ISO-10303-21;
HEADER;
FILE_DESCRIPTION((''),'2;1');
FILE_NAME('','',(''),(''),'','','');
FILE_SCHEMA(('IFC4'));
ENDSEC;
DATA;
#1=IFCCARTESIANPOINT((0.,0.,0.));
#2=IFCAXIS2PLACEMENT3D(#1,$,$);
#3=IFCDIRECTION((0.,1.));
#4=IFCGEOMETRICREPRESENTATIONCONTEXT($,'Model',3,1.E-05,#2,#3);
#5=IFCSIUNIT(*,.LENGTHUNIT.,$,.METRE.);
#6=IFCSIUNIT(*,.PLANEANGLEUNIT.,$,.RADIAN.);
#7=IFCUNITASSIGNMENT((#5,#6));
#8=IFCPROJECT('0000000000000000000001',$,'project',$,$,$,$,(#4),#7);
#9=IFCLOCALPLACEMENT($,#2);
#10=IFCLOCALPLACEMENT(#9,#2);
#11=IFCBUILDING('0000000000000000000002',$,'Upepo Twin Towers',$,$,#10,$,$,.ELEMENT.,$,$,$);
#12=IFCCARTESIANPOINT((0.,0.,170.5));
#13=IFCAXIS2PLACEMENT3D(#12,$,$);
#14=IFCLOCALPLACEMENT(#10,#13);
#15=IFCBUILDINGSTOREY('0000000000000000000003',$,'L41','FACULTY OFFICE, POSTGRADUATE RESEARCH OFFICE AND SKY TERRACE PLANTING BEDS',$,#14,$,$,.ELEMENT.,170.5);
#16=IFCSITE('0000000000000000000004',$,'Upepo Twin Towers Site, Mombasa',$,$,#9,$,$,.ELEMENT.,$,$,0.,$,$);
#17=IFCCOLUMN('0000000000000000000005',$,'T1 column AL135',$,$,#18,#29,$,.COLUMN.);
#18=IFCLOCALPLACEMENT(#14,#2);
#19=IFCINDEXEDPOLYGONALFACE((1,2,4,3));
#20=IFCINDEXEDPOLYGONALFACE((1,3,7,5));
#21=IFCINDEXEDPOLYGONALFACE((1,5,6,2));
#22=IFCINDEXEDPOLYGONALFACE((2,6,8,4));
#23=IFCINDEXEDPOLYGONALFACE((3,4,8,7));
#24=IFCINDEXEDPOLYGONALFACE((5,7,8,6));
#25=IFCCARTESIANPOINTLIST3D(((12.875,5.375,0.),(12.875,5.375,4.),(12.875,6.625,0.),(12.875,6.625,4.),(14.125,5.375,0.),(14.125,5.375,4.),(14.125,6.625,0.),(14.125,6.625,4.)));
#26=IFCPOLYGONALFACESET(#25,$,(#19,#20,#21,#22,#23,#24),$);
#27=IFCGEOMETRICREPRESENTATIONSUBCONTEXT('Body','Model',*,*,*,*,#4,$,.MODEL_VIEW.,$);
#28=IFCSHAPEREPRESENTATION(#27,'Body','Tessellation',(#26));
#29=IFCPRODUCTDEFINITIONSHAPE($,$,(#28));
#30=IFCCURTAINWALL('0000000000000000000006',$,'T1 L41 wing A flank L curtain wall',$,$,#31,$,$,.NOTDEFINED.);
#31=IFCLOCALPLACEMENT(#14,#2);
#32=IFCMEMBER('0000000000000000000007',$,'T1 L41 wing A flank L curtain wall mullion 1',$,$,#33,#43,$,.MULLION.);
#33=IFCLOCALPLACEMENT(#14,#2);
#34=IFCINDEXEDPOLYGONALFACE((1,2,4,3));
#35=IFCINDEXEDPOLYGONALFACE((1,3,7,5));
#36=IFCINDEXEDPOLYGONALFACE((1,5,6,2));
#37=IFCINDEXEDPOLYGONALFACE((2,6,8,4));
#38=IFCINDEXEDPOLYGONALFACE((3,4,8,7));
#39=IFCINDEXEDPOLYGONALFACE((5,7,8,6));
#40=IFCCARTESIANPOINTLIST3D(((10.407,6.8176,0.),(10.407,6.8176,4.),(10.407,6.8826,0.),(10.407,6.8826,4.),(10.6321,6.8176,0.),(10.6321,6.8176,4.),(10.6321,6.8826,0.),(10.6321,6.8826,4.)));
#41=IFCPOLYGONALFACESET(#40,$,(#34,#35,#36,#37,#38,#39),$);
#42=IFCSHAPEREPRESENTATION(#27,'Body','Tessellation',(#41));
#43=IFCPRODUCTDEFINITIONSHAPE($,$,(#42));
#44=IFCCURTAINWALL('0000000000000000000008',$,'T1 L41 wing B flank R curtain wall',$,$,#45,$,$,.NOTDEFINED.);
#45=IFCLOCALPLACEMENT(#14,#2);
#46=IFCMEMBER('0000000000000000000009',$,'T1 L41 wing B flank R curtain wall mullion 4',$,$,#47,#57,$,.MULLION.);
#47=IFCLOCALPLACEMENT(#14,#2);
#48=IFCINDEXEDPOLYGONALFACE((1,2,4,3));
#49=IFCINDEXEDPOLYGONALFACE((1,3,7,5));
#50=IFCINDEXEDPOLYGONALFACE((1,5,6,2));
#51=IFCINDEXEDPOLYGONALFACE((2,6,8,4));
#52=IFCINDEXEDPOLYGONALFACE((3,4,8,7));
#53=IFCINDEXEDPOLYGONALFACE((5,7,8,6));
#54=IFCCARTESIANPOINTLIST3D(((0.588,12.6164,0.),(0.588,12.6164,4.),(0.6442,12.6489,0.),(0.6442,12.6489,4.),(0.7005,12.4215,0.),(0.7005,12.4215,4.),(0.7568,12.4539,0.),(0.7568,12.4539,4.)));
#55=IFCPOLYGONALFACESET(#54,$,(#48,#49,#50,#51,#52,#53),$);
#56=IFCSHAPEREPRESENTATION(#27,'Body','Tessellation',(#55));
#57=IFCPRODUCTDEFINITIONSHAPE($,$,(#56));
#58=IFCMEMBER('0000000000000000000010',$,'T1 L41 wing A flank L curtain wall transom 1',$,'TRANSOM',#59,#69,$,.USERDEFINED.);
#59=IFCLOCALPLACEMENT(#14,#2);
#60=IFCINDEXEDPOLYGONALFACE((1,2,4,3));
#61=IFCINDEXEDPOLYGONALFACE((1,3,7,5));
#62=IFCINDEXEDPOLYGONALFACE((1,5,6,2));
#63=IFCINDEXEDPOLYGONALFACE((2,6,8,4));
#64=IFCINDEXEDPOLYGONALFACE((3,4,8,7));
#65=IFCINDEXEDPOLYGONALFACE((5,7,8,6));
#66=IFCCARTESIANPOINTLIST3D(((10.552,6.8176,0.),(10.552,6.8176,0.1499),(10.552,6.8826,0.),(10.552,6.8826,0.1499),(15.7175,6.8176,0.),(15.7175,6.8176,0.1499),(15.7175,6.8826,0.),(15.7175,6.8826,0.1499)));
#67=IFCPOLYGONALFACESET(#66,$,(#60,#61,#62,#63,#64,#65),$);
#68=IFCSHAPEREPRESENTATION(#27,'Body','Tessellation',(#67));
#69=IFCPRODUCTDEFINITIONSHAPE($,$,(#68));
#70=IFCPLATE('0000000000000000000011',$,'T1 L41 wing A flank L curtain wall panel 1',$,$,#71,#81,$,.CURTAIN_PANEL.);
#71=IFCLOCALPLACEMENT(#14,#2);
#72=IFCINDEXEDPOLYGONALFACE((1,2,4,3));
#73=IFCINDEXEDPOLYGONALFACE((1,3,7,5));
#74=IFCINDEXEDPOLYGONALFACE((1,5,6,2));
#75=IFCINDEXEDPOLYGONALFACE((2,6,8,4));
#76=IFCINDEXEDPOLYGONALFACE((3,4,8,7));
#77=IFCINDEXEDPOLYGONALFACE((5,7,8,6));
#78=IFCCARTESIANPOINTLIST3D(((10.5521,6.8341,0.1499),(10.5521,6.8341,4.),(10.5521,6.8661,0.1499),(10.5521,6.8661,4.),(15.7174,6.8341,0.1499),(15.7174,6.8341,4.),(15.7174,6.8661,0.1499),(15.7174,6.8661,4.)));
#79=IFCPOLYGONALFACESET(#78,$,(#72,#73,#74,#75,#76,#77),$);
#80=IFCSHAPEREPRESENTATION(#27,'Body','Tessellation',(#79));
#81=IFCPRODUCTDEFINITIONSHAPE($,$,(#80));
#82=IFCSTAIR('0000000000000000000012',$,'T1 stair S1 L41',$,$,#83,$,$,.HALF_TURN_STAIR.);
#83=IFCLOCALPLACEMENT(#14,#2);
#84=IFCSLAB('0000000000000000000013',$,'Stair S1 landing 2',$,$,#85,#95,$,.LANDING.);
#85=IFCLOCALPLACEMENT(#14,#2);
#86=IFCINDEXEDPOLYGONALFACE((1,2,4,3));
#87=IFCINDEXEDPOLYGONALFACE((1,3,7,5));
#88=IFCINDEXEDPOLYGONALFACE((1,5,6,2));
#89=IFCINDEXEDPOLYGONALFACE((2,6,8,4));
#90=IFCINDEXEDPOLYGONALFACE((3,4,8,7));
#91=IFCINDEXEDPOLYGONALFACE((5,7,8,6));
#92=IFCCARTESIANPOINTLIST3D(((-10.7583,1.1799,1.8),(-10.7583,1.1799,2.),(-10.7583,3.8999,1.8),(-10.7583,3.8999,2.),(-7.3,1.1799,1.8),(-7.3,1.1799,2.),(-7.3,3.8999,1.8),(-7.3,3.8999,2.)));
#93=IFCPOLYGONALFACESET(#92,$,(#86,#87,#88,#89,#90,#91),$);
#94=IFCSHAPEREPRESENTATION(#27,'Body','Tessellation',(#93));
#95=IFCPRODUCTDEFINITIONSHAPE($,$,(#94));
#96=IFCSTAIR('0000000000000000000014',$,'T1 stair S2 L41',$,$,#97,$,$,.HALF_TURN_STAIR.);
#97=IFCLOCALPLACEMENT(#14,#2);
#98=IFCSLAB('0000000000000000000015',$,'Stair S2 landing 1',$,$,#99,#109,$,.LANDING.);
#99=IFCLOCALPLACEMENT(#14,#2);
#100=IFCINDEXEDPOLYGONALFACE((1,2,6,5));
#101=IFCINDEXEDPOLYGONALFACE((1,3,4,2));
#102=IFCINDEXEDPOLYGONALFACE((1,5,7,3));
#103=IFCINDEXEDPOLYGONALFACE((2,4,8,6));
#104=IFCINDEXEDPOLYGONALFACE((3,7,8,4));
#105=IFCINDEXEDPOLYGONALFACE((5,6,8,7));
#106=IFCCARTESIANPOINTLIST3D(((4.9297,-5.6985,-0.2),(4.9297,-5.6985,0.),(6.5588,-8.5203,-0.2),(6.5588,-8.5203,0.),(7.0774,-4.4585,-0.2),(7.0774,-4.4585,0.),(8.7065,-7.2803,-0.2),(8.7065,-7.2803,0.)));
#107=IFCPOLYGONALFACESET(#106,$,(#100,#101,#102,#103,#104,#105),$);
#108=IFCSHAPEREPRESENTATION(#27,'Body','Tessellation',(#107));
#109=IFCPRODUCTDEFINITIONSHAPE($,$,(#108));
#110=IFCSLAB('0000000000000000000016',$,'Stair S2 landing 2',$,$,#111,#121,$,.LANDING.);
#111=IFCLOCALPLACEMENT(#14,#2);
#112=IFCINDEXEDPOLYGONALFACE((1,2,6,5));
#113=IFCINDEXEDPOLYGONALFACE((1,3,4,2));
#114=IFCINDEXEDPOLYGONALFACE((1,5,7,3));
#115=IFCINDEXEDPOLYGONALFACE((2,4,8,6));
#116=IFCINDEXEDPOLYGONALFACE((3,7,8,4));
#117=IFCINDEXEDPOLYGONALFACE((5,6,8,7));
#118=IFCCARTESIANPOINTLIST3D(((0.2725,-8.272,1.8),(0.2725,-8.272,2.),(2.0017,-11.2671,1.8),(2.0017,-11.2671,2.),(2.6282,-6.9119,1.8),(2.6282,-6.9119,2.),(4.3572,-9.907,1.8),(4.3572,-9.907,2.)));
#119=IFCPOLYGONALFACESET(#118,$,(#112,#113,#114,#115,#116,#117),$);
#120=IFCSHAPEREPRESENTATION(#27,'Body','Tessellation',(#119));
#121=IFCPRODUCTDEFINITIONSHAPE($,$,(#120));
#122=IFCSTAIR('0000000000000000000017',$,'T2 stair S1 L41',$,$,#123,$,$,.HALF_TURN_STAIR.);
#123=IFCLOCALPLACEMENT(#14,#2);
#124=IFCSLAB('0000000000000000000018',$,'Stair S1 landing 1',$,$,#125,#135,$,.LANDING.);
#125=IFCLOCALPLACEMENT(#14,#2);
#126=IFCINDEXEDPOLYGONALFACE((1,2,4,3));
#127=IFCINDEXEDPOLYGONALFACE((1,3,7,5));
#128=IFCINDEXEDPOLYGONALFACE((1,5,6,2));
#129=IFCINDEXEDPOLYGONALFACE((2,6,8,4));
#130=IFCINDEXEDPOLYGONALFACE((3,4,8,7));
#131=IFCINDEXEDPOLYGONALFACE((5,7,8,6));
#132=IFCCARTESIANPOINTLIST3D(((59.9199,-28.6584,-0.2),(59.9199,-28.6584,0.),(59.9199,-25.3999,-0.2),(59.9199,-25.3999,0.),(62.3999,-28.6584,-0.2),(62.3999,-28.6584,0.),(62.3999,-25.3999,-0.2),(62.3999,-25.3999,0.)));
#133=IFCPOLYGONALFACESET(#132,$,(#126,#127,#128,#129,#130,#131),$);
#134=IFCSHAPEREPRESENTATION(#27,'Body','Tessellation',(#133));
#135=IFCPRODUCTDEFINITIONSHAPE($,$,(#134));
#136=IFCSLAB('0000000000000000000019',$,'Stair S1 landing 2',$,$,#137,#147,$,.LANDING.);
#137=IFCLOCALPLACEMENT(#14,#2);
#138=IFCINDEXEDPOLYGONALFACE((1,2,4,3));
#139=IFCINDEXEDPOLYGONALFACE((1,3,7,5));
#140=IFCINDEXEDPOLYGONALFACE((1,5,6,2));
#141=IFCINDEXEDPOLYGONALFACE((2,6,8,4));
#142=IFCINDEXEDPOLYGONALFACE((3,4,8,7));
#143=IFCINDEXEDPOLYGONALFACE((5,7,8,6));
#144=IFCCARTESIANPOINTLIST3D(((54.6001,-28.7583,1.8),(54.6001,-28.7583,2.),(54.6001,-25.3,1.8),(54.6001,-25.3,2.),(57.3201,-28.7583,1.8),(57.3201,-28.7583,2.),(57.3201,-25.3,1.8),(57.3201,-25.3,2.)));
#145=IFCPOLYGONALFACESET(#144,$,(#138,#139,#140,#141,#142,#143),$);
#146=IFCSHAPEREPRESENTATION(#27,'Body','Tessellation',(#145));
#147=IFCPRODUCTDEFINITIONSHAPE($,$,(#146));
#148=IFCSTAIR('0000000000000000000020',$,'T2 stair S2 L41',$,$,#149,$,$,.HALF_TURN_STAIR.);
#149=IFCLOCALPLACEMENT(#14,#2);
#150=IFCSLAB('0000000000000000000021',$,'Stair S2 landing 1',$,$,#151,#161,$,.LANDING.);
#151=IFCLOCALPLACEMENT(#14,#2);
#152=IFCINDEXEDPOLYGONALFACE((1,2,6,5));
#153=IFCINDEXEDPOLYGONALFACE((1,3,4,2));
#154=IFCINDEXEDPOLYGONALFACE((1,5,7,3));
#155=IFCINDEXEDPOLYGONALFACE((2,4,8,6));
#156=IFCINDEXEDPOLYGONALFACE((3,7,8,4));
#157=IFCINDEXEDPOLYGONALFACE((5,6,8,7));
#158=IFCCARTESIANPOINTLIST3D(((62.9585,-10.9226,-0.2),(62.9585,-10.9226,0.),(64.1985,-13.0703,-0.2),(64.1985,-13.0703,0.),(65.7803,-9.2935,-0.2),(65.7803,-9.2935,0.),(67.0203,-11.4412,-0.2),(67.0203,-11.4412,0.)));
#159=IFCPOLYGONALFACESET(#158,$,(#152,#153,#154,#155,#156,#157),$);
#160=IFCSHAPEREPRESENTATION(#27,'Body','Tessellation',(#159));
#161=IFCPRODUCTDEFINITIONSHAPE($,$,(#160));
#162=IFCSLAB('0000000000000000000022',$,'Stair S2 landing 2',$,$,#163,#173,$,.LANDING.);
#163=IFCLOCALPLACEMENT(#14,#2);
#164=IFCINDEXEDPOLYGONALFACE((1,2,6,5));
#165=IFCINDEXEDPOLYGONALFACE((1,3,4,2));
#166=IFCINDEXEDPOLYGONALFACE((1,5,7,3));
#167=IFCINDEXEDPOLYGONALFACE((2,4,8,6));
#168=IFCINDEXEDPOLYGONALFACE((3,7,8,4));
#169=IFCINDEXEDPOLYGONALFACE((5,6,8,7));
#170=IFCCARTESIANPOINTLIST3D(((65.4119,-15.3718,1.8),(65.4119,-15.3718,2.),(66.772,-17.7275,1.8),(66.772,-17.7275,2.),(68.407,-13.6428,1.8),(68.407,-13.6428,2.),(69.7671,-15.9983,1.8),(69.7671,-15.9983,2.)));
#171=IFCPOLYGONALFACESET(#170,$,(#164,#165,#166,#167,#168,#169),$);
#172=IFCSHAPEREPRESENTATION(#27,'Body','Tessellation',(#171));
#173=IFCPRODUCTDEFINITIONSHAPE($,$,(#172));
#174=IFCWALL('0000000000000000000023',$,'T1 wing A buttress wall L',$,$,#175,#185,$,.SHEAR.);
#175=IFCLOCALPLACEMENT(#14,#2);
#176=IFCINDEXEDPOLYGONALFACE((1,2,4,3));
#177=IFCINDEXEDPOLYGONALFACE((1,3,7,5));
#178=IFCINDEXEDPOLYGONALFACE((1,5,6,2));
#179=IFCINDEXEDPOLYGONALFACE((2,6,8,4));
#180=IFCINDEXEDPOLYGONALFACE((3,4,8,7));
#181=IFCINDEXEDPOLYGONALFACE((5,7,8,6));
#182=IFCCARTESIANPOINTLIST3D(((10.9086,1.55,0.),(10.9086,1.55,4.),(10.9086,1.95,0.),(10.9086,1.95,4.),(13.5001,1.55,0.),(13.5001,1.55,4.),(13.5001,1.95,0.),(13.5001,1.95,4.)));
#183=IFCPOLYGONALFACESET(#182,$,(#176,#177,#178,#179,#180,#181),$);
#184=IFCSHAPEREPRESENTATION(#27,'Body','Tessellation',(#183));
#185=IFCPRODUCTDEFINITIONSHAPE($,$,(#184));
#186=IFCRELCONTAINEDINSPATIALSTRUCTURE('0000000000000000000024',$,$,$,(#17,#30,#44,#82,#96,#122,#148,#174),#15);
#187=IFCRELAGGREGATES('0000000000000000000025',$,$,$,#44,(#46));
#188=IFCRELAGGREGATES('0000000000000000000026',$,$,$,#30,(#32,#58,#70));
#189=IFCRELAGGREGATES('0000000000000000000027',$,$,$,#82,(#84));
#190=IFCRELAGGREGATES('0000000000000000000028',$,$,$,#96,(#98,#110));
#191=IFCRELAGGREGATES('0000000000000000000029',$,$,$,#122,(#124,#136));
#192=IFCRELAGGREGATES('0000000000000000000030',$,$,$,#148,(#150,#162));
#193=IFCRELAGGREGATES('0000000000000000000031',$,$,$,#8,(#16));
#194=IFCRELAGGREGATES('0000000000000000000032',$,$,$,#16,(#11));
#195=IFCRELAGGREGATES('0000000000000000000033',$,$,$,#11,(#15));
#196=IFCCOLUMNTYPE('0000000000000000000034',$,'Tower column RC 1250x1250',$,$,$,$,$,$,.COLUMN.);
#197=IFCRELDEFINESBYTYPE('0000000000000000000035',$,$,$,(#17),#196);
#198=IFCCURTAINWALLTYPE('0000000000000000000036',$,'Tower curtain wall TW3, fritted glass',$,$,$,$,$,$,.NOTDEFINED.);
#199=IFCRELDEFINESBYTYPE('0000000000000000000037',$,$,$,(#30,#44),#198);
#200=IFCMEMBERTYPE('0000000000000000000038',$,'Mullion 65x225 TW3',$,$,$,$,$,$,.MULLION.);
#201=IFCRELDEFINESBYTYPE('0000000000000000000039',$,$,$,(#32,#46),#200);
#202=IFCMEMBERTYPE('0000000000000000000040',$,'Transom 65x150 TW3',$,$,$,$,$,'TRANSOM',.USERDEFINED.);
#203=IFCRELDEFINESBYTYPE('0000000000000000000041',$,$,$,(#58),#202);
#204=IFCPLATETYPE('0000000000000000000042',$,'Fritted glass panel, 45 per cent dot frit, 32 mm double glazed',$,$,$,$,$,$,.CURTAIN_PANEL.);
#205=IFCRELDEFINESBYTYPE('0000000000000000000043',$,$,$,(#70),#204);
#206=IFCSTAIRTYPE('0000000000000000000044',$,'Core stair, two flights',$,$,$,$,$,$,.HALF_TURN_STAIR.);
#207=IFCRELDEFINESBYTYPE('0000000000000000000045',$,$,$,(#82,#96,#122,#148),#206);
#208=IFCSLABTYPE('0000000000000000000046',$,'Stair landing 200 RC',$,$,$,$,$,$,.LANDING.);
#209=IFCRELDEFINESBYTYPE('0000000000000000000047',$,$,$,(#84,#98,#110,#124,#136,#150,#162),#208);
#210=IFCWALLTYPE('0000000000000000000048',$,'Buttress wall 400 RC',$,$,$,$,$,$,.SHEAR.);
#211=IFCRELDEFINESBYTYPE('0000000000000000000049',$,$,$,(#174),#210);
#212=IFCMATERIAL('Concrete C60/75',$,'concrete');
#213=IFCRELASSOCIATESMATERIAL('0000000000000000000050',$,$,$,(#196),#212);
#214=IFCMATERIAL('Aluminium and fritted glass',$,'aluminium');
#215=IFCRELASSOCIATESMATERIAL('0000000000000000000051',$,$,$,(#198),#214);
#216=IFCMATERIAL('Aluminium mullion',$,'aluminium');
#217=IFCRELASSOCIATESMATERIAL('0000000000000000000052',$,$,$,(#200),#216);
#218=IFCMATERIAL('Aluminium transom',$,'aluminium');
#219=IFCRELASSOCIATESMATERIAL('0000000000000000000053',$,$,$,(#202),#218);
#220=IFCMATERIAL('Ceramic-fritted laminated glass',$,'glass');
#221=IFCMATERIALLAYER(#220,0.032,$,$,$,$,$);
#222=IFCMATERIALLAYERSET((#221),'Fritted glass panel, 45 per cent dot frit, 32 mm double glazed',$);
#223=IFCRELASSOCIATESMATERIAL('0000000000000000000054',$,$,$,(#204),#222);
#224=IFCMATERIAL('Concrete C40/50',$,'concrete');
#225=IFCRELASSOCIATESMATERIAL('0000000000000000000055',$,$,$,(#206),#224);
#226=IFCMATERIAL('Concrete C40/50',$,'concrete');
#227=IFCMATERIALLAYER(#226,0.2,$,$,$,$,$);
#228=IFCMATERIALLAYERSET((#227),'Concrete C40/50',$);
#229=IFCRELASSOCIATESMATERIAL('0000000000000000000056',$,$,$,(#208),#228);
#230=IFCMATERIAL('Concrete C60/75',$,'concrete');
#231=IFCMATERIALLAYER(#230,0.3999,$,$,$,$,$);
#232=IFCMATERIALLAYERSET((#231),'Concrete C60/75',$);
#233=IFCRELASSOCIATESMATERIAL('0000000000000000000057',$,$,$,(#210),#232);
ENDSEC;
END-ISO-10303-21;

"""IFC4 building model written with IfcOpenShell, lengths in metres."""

from ifc_helpers import new_model, si_unit, direction, frame, frame_2d, origin, origin_2d, place, context, subcontext, project, spatial, polyline, rectangle, outline, extrude, material, layer, layer_set, material_profile, profile_set, type_object, element, aggregate, save


model = new_model("IFC4")

# Units and contexts
model_context = context("Model", 3, precision=1e-05, world=origin(), true_north=direction((0.0, 1.0)))
body_context = subcontext(model_context, "Body", "Model", "MODEL_VIEW")
ifc_project = project(units=[si_unit("LENGTHUNIT", "METRE"), si_unit("PLANEANGLEUNIT", "RADIAN")], contexts=[model_context])

# Site, building, storey
site_placement = place(None, origin())
site = spatial("IfcSite", under=ifc_project, at=site_placement, Name="Upepo Twin Towers Site, Mombasa", CompositionType="ELEMENT", RefElevation=0.0)
building_placement = place(site_placement, origin())
building = spatial("IfcBuilding", under=site, at=building_placement, Name="Upepo Twin Towers", CompositionType="ELEMENT")
storey_placement = place(building_placement, frame((0.0, 0.0, 170.5)))
storey = spatial("IfcBuildingStorey", under=building, at=storey_placement, Name="L41", Description="FACULTY OFFICE, POSTGRADUATE RESEARCH OFFICE AND SKY TERRACE PLANTING BEDS", CompositionType="ELEMENT", Elevation=170.5)

# Column
ifc_material_1 = material(Name="Concrete C60/75", Category="concrete")
ifc_material_profile_1 = material_profile(ifc_material_1, rectangle(XDim=1.25, YDim=1.25, at=origin_2d()), Name="RC 1250x1250")
ifc_profile_set_1 = profile_set([ifc_material_profile_1], Name="Concrete C60/75")
column_type = type_object("IfcColumnType", Name="Tower column RC 1250x1250", PredefinedType="COLUMN", material=ifc_profile_set_1)
column_placement = place(storey_placement, frame((13.5, 6.0, 0.0), z_axis=(0.0, 0.0, 1.0), x_axis=(1.0, 0.0, 0.0)))
element("IfcColumn", 1, at=column_placement, inside=storey, type_object=column_type, Name="T1 column AL135", PredefinedType="COLUMN", context=body_context, shape_type="SweptSolid", body=[
    extrude(rectangle(XDim=1.25, YDim=1.25, at=origin_2d()), origin(), (0.0, 0.0, 1.0), 4.0),
])

# Curtain walls, members
ifc_material_2 = material(Name="Aluminium and fritted glass", Category="aluminium")
curtain_wall_type = type_object("IfcCurtainWallType", Name="Tower curtain wall TW3, fritted glass", PredefinedType="NOTDEFINED", material=ifc_material_2)
curtain_wall_1_placement = place(storey_placement, origin())
curtain_wall_1 = element("IfcCurtainWall", 2, at=curtain_wall_1_placement, inside=storey, type_object=curtain_wall_type, Name="T1 L41 wing A flank L curtain wall", PredefinedType="NOTDEFINED")
ifc_material_3 = material(Name="Aluminium mullion", Category="aluminium")
ifc_material_profile_2 = material_profile(ifc_material_3, rectangle(XDim=0.0649, YDim=0.2251, at=origin_2d()), Name="MULLION 65x225")
ifc_profile_set_2 = profile_set([ifc_material_profile_2], Name="Aluminium mullion")
member_type_1 = type_object("IfcMemberType", Name="Mullion 65x225 TW3", PredefinedType="MULLION", material=ifc_profile_set_2)
member_1_placement = place(storey_placement, frame((10.5195, 6.8501, 0.0), z_axis=(0.0, 0.0, 1.0), x_axis=(0.0, 1.0, 0.0)))
member_1 = element("IfcMember", 3, at=member_1_placement, type_object=member_type_1, Name="T1 L41 wing A flank L curtain wall mullion 1", PredefinedType="MULLION", context=body_context, shape_type="SweptSolid", body=[
    extrude(rectangle(XDim=0.0649, YDim=0.2251, at=origin_2d()), origin(), (0.0, 0.0, 1.0), 4.0),
])
curtain_wall_2_placement = place(storey_placement, origin())
curtain_wall_2 = element("IfcCurtainWall", 4, at=curtain_wall_2_placement, inside=storey, type_object=curtain_wall_type, Name="T1 L41 wing B flank R curtain wall", PredefinedType="NOTDEFINED")
member_2_placement = place(storey_placement, frame((0.6724, 12.5352, 0.0), z_axis=(0.0, 0.0, 1.0), x_axis=(0.866025, 0.5, 0.0)))
member_2 = element("IfcMember", 5, at=member_2_placement, type_object=member_type_1, Name="T1 L41 wing B flank R curtain wall mullion 4", PredefinedType="MULLION", context=body_context, shape_type="SweptSolid", body=[
    extrude(rectangle(XDim=0.0649, YDim=0.2251, at=origin_2d()), origin(), (0.0, 0.0, 1.0), 4.0),
])
aggregate(curtain_wall_2, [member_2])

# Member
ifc_material_4 = material(Name="Aluminium transom", Category="aluminium")
ifc_material_profile_3 = material_profile(ifc_material_4, rectangle(XDim=0.0649, YDim=0.1499, at=origin_2d()), Name="TRANSOM 65x150")
ifc_profile_set_3 = profile_set([ifc_material_profile_3], Name="Aluminium transom")
member_type_2 = type_object("IfcMemberType", Name="Transom 65x150 TW3", ElementType="TRANSOM", PredefinedType="USERDEFINED", material=ifc_profile_set_3)
member_3_placement = place(storey_placement, frame((10.552, 6.8501, 0.075), z_axis=(1.0, 0.0, 0.0), x_axis=(0.0, 1.0, 0.0)))
member_3 = element("IfcMember", 6, at=member_3_placement, type_object=member_type_2, Name="T1 L41 wing A flank L curtain wall transom 1", ObjectType="TRANSOM", PredefinedType="USERDEFINED", context=body_context, shape_type="SweptSolid", body=[
    extrude(rectangle(XDim=0.0649, YDim=0.1499, at=origin_2d()), origin(), (0.0, 0.0, 1.0), 5.1655),
])

# Plate
ifc_material_5 = material(Name="Ceramic-fritted laminated glass", Category="glass")
ifc_layer_1 = layer(ifc_material_5, 0.032)
ifc_layer_set_1 = layer_set([ifc_layer_1], Name="Fritted glass panel, 45 per cent dot frit, 32 mm double glazed")
plate_type = type_object("IfcPlateType", Name="Fritted glass panel, 45 per cent dot frit, 32 mm double glazed", PredefinedType="CURTAIN_PANEL", material=ifc_layer_set_1)
plate_placement = place(storey_placement, frame((13.1348, 6.8501, 0.1499), z_axis=(0.0, 0.0, 1.0), x_axis=(1.0, 0.0, 0.0)))
plate = element("IfcPlate", 7, at=plate_placement, type_object=plate_type, Name="T1 L41 wing A flank L curtain wall panel 1", PredefinedType="CURTAIN_PANEL", context=body_context, shape_type="SweptSolid", body=[
    extrude(rectangle(XDim=5.1653, YDim=0.032, at=origin_2d()), origin(), (0.0, 0.0, 1.0), 3.8501),
])
aggregate(curtain_wall_1, [member_1, member_3, plate])

# Stair, slab
ifc_material_6 = material(Name="Concrete C40/50", Category="concrete")
stair_type = type_object("IfcStairType", Name="Core stair, two flights", PredefinedType="HALF_TURN_STAIR", material=ifc_material_6)
stair_1_placement = place(storey_placement, origin())
stair_1 = element("IfcStair", 8, at=stair_1_placement, inside=storey, type_object=stair_type, Name="T1 stair S1 L41", PredefinedType="HALF_TURN_STAIR")
ifc_material_7 = material(Name="Concrete C40/50", Category="concrete")
ifc_layer_2 = layer(ifc_material_7, 0.2)
ifc_layer_set_2 = layer_set([ifc_layer_2], Name="Concrete C40/50")
slab_type = type_object("IfcSlabType", Name="Stair landing 200 RC", PredefinedType="LANDING", material=ifc_layer_set_2)
slab_1_placement = place(storey_placement, frame((0.0, 0.0, 1.8)))
slab_1 = element("IfcSlab", 9, at=slab_1_placement, type_object=slab_type, Name="Stair S1 landing 2", PredefinedType="LANDING", context=body_context, shape_type="SweptSolid", body=[
    extrude(outline(polyline([(-7.3, 3.8999), (-10.7583, 3.8999), (-10.7583, 1.1799), (-7.3, 1.1799), (-7.3, 3.8999)])), origin(), (0.0, 0.0, 1.0), 0.2),
])
aggregate(stair_1, [slab_1])

# Stairs, slabs
stair_2_placement = place(storey_placement, origin())
stair_2 = element("IfcStair", 10, at=stair_2_placement, inside=storey, type_object=stair_type, Name="T1 stair S2 L41", PredefinedType="HALF_TURN_STAIR")
slab_2_placement = place(storey_placement, frame((0.0, 0.0, -0.2)))
slab_2 = element("IfcSlab", 11, at=slab_2_placement, type_object=slab_type, Name="Stair S2 landing 1", PredefinedType="LANDING", context=body_context, shape_type="SweptSolid", body=[
    extrude(outline(polyline([(4.9297, -5.6985), (6.5588, -8.5203), (8.7065, -7.2803), (7.0774, -4.4585), (4.9297, -5.6985)])), origin(), (0.0, 0.0, 1.0), 0.2),
])
slab_3_placement = place(storey_placement, frame((0.0, 0.0, 1.8)))
slab_3 = element("IfcSlab", 12, at=slab_3_placement, type_object=slab_type, Name="Stair S2 landing 2", PredefinedType="LANDING", context=body_context, shape_type="SweptSolid", body=[
    extrude(outline(polyline([(0.2725, -8.272), (2.0017, -11.2671), (4.3572, -9.907), (2.6282, -6.9119), (0.2725, -8.272)])), origin(), (0.0, 0.0, 1.0), 0.2),
])
aggregate(stair_2, [slab_2, slab_3])
stair_3_placement = place(storey_placement, origin())
stair_3 = element("IfcStair", 13, at=stair_3_placement, inside=storey, type_object=stair_type, Name="T2 stair S1 L41", PredefinedType="HALF_TURN_STAIR")
slab_4_placement = place(storey_placement, frame((0.0, 0.0, -0.2)))
slab_4 = element("IfcSlab", 14, at=slab_4_placement, type_object=slab_type, Name="Stair S1 landing 1", PredefinedType="LANDING", context=body_context, shape_type="SweptSolid", body=[
    extrude(outline(polyline([(59.9199, -25.3999), (59.9199, -28.6584), (62.3999, -28.6584), (62.3999, -25.3999), (59.9199, -25.3999)])), origin(), (0.0, 0.0, 1.0), 0.2),
])
slab_5_placement = place(storey_placement, frame((0.0, 0.0, 1.8)))
slab_5 = element("IfcSlab", 15, at=slab_5_placement, type_object=slab_type, Name="Stair S1 landing 2", PredefinedType="LANDING", context=body_context, shape_type="SweptSolid", body=[
    extrude(outline(polyline([(54.6001, -25.3), (54.6001, -28.7583), (57.3201, -28.7583), (57.3201, -25.3), (54.6001, -25.3)])), origin(), (0.0, 0.0, 1.0), 0.2),
])
aggregate(stair_3, [slab_4, slab_5])
stair_4_placement = place(storey_placement, origin())
stair_4 = element("IfcStair", 16, at=stair_4_placement, inside=storey, type_object=stair_type, Name="T2 stair S2 L41", PredefinedType="HALF_TURN_STAIR")
slab_6_placement = place(storey_placement, frame((0.0, 0.0, -0.2)))
slab_6 = element("IfcSlab", 17, at=slab_6_placement, type_object=slab_type, Name="Stair S2 landing 1", PredefinedType="LANDING", context=body_context, shape_type="SweptSolid", body=[
    extrude(outline(polyline([(64.1985, -13.0703), (67.0203, -11.4412), (65.7803, -9.2935), (62.9585, -10.9226), (64.1985, -13.0703)])), origin(), (0.0, 0.0, 1.0), 0.2),
])
slab_7_placement = place(storey_placement, frame((0.0, 0.0, 1.8)))
slab_7 = element("IfcSlab", 18, at=slab_7_placement, type_object=slab_type, Name="Stair S2 landing 2", PredefinedType="LANDING", context=body_context, shape_type="SweptSolid", body=[
    extrude(outline(polyline([(66.772, -17.7275), (69.7671, -15.9983), (68.407, -13.6428), (65.4119, -15.3718), (66.772, -17.7275)])), origin(), (0.0, 0.0, 1.0), 0.2),
])
aggregate(stair_4, [slab_6, slab_7])

# Wall
ifc_material_8 = material(Name="Concrete C60/75", Category="concrete")
ifc_layer_3 = layer(ifc_material_8, 0.3999)
ifc_layer_set_3 = layer_set([ifc_layer_3], Name="Concrete C60/75")
wall_type_1 = type_object("IfcWallType", Name="Buttress wall 400 RC", PredefinedType="SHEAR", material=ifc_layer_set_3)
wall_1_placement = place(storey_placement, frame((10.9084, 1.75, 0.0), z_axis=(0.0, 0.0, 1.0), x_axis=(1.0, 0.0, 0.0)))
element("IfcWall", 19, at=wall_1_placement, inside=storey, type_object=wall_type_1, Name="T1 wing A buttress wall L", PredefinedType="SHEAR", context=body_context, shape_type="SweptSolid", body=[
    extrude(rectangle(XDim=2.5916, YDim=0.3999, at=frame_2d((1.2959, 0.0))), origin(), (0.0, 0.0, 1.0), 4.0),
])

save(model, "model.ifc")
